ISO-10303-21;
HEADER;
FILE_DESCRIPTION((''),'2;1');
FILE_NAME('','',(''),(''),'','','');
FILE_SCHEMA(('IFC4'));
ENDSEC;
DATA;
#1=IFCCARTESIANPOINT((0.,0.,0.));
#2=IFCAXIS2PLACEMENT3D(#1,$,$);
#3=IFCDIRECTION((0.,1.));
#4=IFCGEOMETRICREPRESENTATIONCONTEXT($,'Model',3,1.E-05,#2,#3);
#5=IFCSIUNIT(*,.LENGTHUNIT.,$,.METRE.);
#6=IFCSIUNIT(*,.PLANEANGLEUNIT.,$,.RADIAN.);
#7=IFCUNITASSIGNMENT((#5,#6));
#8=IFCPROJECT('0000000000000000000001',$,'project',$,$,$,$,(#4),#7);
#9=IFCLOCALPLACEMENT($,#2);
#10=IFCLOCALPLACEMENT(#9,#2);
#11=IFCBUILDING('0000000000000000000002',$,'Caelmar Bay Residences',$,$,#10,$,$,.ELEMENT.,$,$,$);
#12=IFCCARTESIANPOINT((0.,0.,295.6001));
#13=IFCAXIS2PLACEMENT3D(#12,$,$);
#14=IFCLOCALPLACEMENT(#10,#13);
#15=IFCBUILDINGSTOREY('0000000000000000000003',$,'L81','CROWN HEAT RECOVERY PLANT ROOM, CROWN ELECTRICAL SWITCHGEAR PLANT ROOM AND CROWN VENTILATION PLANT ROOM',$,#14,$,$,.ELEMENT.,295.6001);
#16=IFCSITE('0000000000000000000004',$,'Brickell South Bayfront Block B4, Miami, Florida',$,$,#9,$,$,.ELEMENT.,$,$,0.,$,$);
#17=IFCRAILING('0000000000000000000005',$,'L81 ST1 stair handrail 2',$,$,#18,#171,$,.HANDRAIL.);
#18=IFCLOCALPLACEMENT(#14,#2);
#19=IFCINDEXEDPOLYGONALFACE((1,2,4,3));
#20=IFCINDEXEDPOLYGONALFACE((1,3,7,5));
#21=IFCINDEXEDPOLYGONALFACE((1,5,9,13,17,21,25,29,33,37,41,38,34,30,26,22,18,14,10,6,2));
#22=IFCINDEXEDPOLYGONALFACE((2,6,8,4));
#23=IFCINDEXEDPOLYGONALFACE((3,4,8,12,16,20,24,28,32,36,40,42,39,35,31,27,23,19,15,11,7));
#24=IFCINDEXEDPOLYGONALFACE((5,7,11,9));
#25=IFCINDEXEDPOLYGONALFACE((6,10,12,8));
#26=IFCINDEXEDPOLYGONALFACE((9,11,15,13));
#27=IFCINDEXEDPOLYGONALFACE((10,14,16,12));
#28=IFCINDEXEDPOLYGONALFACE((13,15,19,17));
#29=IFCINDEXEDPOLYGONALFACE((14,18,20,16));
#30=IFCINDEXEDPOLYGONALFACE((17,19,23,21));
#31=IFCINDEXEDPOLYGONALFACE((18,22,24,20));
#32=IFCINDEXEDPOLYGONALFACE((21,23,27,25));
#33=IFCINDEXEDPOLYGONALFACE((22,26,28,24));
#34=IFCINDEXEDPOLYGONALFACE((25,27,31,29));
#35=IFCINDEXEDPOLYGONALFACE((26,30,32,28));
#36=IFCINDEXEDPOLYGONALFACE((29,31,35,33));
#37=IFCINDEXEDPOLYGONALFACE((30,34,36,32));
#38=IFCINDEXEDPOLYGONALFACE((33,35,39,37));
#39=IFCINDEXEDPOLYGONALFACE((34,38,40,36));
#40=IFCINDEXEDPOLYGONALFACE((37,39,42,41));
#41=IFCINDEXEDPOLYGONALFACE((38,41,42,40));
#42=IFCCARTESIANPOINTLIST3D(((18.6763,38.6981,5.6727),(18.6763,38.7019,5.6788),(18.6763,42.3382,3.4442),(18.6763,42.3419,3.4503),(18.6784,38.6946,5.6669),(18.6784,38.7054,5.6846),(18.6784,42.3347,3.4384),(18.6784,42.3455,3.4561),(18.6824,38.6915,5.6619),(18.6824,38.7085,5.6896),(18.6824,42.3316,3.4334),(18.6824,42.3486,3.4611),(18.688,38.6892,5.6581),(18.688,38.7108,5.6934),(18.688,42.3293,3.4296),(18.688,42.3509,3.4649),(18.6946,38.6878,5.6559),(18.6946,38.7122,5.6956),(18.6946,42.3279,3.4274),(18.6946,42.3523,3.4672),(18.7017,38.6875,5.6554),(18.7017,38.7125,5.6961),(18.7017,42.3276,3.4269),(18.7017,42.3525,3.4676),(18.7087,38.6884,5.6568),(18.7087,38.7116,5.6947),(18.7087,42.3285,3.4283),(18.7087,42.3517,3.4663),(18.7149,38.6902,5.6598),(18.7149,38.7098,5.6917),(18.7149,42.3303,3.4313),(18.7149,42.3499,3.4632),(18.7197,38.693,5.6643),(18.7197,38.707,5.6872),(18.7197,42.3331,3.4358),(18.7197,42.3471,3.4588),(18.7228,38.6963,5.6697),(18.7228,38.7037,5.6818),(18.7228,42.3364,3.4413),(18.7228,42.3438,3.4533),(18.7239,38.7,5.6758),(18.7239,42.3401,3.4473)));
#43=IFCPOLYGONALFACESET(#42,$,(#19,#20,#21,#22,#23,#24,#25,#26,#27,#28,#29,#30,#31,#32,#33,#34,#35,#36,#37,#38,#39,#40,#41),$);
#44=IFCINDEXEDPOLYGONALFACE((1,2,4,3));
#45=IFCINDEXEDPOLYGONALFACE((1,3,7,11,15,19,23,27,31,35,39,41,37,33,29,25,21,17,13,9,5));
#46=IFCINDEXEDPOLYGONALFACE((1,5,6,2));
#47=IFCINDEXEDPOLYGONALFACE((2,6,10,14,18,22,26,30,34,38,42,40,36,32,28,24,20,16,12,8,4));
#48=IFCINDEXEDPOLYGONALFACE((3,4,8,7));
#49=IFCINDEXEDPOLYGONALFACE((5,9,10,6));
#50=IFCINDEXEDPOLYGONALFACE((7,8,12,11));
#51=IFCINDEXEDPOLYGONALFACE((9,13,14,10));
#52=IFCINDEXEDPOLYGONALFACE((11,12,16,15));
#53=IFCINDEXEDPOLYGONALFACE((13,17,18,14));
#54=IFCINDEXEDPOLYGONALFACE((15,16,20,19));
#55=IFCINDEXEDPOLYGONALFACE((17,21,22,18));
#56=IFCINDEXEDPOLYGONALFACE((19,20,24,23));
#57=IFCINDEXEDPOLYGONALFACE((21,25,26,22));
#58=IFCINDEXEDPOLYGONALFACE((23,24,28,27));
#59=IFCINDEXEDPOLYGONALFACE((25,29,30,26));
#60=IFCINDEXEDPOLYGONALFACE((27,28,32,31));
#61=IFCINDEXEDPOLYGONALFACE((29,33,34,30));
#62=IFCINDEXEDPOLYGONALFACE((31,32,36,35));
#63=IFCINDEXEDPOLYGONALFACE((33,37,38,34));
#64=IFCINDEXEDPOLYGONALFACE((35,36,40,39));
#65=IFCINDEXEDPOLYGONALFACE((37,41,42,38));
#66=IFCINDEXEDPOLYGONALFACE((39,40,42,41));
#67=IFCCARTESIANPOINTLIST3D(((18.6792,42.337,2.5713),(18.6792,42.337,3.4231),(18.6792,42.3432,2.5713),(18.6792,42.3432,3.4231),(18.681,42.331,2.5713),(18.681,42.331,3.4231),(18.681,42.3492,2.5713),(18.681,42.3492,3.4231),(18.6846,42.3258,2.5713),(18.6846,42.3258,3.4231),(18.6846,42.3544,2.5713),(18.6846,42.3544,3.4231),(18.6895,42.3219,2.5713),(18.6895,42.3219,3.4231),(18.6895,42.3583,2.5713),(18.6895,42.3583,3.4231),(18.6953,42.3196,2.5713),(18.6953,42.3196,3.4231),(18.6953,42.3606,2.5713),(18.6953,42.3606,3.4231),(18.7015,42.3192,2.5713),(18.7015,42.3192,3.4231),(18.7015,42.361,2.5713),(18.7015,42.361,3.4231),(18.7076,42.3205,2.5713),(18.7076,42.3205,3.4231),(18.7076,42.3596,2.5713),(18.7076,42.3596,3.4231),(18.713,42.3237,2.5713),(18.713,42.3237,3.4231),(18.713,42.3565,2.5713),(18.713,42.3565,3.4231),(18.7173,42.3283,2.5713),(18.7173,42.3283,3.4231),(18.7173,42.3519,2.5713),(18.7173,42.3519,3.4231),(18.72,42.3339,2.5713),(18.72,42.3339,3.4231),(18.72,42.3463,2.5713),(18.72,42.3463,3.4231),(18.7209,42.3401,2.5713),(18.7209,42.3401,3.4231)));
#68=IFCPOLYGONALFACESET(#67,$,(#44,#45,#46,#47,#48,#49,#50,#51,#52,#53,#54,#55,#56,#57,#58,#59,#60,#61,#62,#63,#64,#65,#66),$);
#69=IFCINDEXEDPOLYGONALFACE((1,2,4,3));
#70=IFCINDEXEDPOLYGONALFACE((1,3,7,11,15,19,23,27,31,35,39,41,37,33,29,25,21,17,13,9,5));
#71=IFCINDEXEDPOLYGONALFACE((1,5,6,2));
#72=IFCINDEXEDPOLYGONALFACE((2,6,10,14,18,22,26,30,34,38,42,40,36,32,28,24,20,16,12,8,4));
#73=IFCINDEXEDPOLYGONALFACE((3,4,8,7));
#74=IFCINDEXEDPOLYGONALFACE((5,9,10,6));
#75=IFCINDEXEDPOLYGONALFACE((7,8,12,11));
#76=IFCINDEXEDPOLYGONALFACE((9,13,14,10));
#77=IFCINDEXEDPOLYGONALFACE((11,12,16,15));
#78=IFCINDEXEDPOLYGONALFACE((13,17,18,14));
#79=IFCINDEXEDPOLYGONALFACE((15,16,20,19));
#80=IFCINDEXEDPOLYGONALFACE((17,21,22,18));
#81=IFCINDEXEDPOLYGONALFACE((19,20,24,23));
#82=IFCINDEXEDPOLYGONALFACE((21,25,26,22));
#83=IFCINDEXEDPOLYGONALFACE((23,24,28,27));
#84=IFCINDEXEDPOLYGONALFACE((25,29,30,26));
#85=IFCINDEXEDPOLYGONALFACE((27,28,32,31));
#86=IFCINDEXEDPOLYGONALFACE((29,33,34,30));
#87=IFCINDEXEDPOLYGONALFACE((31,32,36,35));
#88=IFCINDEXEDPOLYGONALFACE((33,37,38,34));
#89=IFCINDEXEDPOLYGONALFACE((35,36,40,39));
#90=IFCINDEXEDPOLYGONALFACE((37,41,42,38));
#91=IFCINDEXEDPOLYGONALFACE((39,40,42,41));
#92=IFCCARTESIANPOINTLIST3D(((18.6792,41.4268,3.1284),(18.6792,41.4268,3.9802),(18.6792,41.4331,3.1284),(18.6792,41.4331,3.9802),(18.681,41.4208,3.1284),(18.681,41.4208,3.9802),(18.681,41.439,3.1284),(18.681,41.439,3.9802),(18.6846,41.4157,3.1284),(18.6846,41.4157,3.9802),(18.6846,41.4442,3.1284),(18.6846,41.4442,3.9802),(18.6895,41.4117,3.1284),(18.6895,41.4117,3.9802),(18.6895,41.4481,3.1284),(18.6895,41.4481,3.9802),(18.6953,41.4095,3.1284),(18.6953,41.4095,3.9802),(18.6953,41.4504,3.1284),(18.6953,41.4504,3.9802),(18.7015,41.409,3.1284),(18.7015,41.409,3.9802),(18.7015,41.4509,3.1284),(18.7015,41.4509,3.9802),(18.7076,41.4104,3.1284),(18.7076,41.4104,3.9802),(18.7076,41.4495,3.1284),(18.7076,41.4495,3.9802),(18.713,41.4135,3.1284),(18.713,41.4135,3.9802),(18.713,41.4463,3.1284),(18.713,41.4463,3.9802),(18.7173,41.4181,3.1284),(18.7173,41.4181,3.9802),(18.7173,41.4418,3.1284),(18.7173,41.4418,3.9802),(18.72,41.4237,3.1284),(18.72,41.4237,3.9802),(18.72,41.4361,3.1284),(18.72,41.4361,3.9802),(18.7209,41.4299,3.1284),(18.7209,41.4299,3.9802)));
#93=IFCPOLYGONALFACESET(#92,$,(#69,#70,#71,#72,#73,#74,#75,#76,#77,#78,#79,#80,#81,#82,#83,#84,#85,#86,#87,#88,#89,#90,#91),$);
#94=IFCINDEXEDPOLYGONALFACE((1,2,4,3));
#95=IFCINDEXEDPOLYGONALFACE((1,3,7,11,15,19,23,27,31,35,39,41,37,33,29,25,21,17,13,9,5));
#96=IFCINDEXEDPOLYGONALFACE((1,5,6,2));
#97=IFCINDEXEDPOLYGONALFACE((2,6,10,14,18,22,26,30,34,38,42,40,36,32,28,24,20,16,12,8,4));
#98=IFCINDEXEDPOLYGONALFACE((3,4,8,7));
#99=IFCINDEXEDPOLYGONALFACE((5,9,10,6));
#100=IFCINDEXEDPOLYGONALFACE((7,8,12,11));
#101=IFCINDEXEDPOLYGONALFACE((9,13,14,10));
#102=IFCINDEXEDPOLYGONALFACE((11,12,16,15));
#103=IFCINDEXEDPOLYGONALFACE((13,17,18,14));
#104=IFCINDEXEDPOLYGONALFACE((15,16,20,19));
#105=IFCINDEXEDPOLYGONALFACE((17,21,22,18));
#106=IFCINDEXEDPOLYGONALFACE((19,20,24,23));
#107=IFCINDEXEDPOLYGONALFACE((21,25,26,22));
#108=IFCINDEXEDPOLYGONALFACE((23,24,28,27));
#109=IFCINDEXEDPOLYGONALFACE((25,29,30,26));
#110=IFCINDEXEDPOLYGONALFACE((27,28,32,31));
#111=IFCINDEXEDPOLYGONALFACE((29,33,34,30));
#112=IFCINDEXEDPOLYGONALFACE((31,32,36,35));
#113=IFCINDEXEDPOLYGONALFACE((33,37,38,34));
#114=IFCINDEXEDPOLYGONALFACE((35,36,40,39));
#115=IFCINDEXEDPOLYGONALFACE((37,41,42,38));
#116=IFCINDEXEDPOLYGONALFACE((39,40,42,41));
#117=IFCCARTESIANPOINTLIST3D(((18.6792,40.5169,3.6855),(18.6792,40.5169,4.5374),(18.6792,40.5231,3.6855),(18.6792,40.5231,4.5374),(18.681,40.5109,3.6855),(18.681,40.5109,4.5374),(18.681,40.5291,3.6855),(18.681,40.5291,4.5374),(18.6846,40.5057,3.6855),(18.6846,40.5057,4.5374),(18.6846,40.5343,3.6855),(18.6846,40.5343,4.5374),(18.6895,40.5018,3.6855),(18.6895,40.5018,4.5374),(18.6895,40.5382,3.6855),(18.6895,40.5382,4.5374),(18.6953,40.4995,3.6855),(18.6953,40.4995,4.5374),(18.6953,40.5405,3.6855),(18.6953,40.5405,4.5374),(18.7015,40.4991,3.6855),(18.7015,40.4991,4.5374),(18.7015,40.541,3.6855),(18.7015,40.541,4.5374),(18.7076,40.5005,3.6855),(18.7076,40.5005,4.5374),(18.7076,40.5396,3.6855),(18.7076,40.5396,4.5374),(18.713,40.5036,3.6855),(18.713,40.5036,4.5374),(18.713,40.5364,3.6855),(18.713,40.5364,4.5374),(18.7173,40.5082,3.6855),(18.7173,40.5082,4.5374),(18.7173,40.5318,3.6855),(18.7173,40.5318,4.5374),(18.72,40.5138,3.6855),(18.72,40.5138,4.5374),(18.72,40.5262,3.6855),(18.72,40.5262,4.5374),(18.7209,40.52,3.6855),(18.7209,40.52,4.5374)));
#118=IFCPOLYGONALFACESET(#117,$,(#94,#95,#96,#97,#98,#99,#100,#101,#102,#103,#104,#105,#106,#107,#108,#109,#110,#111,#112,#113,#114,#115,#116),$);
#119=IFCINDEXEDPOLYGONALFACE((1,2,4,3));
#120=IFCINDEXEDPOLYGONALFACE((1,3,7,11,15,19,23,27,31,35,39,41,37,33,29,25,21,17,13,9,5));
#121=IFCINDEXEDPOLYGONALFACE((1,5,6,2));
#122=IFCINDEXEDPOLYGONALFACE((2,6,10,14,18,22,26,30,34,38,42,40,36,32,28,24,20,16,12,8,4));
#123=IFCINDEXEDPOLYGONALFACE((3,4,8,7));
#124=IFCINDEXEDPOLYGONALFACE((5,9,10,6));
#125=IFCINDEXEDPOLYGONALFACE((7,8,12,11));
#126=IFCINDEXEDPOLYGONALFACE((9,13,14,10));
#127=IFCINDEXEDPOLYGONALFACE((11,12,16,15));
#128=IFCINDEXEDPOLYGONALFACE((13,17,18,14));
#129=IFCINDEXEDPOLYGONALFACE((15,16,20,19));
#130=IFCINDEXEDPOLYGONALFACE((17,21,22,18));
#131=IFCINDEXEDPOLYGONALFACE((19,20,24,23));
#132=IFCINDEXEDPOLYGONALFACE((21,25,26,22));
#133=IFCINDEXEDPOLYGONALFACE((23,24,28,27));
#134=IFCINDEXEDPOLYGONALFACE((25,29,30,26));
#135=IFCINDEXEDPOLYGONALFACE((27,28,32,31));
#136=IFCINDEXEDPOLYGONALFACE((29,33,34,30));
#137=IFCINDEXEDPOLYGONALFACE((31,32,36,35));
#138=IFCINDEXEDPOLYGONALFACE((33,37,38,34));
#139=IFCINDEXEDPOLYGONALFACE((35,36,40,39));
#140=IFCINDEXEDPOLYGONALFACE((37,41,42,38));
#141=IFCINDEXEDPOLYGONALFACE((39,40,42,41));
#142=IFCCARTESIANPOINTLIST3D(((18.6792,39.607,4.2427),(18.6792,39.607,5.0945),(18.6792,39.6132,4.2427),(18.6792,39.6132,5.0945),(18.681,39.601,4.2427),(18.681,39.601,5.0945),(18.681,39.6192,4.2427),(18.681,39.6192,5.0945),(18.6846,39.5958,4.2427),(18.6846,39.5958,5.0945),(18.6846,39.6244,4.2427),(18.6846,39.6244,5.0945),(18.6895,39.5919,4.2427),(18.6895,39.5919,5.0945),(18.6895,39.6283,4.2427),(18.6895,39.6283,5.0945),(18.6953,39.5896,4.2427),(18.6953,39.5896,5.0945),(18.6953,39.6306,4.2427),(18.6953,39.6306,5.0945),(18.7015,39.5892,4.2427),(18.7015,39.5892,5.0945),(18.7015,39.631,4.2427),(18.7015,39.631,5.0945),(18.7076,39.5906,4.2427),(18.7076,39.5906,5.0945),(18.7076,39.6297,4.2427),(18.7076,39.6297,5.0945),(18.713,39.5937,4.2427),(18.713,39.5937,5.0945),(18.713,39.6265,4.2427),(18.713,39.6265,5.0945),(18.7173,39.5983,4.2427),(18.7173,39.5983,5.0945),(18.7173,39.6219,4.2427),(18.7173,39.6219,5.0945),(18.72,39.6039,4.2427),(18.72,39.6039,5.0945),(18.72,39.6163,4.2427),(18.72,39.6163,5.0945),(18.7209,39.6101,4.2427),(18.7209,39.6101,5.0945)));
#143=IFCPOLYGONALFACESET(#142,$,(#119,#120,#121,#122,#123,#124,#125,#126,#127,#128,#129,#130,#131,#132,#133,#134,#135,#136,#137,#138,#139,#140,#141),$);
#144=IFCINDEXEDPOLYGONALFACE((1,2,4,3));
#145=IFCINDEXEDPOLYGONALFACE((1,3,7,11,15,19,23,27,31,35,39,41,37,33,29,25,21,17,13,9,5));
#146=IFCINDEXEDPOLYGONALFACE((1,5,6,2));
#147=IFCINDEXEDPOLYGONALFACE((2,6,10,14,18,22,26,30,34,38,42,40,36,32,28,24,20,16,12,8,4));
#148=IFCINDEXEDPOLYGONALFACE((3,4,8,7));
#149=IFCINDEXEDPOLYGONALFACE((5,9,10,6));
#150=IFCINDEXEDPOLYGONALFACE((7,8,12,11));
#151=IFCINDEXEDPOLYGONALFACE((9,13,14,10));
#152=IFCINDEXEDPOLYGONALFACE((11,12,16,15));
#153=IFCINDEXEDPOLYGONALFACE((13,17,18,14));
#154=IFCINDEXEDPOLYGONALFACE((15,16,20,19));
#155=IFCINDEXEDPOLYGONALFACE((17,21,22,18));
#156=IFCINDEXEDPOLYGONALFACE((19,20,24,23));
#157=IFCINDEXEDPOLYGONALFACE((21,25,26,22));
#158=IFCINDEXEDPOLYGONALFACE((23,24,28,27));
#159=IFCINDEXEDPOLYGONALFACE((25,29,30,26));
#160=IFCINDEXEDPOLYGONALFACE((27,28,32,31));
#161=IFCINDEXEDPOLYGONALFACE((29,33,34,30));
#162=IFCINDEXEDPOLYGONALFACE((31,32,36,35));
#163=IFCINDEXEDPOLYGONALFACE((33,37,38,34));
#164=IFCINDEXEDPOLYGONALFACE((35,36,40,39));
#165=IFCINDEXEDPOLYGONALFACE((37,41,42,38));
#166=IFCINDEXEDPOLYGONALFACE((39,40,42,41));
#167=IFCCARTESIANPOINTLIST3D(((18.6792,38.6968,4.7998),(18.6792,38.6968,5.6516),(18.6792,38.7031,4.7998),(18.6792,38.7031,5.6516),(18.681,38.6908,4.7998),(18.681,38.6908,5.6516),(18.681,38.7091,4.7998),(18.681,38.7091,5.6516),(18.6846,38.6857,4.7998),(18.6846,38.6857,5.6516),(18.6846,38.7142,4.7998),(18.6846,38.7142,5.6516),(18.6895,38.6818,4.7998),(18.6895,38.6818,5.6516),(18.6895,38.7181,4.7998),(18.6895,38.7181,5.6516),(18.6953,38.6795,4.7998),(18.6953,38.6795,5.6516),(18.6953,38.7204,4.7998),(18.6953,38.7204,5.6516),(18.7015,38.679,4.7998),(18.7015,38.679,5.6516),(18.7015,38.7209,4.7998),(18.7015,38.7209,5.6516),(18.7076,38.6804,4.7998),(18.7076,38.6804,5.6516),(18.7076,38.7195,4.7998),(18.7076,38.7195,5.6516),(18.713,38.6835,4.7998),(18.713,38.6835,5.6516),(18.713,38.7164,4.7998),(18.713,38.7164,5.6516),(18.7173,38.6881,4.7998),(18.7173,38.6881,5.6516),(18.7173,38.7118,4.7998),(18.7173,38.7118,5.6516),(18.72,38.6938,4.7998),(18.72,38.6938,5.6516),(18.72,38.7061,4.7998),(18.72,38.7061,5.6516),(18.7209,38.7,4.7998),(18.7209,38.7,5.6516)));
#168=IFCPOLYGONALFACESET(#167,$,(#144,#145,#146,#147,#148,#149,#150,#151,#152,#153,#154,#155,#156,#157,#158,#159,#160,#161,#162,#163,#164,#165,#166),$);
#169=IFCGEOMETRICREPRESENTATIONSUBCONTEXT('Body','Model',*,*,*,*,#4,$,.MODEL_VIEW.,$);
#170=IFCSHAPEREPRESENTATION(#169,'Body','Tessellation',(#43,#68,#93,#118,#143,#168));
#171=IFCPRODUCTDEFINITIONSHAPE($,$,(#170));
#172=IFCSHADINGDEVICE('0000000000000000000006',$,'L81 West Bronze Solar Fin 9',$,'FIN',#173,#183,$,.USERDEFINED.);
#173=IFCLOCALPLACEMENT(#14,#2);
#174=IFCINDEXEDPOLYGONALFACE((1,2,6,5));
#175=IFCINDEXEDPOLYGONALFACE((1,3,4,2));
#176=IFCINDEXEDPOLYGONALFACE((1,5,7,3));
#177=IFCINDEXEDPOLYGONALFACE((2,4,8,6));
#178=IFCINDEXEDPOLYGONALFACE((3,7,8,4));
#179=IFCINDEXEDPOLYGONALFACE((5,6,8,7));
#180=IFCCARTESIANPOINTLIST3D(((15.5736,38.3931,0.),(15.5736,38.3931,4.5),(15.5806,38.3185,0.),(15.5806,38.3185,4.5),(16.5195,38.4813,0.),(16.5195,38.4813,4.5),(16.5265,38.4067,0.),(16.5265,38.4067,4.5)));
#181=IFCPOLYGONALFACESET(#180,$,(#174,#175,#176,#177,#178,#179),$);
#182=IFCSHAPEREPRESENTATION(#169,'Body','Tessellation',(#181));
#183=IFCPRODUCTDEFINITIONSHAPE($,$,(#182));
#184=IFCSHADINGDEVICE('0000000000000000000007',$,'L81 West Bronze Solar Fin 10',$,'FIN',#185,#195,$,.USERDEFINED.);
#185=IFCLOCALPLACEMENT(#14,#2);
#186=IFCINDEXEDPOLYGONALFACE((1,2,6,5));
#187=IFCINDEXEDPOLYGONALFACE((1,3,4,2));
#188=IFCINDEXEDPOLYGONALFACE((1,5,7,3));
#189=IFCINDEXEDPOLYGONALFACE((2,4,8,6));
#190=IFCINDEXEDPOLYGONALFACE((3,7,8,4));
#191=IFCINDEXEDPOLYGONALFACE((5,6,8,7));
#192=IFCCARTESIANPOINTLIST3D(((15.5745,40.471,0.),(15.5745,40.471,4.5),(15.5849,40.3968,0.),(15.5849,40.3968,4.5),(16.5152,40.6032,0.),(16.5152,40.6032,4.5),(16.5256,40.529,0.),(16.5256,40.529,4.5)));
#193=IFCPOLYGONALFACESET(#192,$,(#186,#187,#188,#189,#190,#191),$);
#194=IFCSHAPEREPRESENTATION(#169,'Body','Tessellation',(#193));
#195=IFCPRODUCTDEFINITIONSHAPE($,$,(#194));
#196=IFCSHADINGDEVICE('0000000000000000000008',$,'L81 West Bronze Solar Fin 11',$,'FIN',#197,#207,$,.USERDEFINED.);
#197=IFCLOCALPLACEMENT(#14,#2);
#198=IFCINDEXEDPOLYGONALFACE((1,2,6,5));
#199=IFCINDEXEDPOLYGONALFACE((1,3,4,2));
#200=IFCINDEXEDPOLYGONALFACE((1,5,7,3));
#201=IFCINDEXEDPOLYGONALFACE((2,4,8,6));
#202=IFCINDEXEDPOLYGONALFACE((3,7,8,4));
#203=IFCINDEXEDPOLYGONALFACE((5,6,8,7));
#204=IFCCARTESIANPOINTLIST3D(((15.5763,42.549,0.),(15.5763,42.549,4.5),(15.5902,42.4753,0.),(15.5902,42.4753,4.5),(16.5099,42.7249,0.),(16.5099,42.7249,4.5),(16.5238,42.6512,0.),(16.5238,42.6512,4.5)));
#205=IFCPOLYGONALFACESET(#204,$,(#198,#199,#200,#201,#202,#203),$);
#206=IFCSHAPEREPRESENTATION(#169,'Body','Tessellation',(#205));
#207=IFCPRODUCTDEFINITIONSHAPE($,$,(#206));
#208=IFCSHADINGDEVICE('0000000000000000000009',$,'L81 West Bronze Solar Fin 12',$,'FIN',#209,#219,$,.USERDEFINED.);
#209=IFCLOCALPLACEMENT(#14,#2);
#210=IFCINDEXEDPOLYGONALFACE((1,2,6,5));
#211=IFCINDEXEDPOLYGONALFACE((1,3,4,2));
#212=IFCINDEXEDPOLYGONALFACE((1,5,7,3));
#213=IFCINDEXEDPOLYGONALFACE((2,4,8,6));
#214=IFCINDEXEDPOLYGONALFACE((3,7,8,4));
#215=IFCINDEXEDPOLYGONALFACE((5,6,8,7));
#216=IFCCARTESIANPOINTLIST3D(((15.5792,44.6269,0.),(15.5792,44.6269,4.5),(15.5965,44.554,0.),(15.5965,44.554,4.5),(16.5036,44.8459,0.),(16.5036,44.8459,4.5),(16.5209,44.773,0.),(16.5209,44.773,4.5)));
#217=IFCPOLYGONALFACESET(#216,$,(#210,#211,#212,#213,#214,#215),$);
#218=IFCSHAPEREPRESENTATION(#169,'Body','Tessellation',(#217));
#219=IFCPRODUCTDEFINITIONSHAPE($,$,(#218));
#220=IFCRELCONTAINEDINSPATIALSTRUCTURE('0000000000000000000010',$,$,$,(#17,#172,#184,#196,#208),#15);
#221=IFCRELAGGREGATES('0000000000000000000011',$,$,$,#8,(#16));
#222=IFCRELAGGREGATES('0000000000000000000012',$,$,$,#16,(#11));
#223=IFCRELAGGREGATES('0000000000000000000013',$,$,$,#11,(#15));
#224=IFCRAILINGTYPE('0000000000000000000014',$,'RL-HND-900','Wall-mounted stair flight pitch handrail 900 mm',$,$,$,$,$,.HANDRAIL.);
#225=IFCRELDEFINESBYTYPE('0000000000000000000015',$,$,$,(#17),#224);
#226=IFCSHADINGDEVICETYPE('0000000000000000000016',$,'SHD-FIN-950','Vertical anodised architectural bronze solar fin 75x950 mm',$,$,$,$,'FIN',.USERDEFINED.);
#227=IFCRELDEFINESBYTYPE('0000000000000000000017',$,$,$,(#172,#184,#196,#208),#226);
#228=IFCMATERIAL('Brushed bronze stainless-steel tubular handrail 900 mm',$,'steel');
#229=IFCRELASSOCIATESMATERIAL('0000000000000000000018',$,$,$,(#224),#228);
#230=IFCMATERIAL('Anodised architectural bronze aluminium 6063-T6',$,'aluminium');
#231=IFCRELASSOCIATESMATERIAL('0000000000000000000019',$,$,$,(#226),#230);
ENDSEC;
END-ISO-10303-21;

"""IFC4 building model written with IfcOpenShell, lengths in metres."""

from ifc_helpers import new_model, si_unit, direction, frame, origin, origin_2d, place, context, subcontext, project, spatial, rectangle, circle, extrude, material, material_profile, profile_set, type_object, element, save


model = new_model("IFC4")

# Units and contexts
model_context = context("Model", 3, precision=1e-05, world=origin(), true_north=direction((0.0, 1.0)))
body_context = subcontext(model_context, "Body", "Model", "MODEL_VIEW")
ifc_project = project(units=[si_unit("LENGTHUNIT", "METRE"), si_unit("PLANEANGLEUNIT", "RADIAN")], contexts=[model_context])

# Site, building, storey
site_placement = place(None, origin())
site = spatial("IfcSite", under=ifc_project, at=site_placement, Name="Brickell South Bayfront Block B4, Miami, Florida", CompositionType="ELEMENT", RefElevation=0.0)
building_placement = place(site_placement, origin())
building = spatial("IfcBuilding", under=site, at=building_placement, Name="Caelmar Bay Residences", CompositionType="ELEMENT")
storey_placement = place(building_placement, frame((0.0, 0.0, 295.6001)))
storey = spatial("IfcBuildingStorey", under=building, at=storey_placement, Name="L81", Description="CROWN HEAT RECOVERY PLANT ROOM, CROWN ELECTRICAL SWITCHGEAR PLANT ROOM AND CROWN VENTILATION PLANT ROOM", CompositionType="ELEMENT", Elevation=295.6001)

# Railing
ifc_material_1 = material(Name="Brushed bronze stainless-steel tubular handrail 900 mm", Category="steel")
railing_type_1 = type_object("IfcRailingType", Name="RL-HND-900", Description="Wall-mounted stair flight pitch handrail 900 mm", PredefinedType="HANDRAIL", material=ifc_material_1)
railing_1_placement = place(storey_placement, frame((18.7, 42.3401, 2.5713)))
element("IfcRailing", 1, at=railing_1_placement, inside=storey, type_object=railing_type_1, Name="L81 ST1 stair handrail 2", PredefinedType="HANDRAIL", context=body_context, shape_type="SweptSolid", body=[
    extrude(circle(Radius=0.0239, at=origin_2d()), frame((0.0, 0.0, 0.876), z_axis=(0.0, -0.852866, 0.52213), x_axis=(1.0, 0.0, 0.0)), (0.0, 0.0, 1.0), 4.2681),
    extrude(circle(Radius=0.021, at=origin_2d()), origin(), (0.0, 0.0, 1.0), 0.8518),
    extrude(circle(Radius=0.021, at=origin_2d()), frame((0.0, -0.9102, 0.5571)), (0.0, 0.0, 1.0), 0.8518),
    extrude(circle(Radius=0.021, at=origin_2d()), frame((0.0, -1.8201, 1.1143)), (0.0, 0.0, 1.0), 0.8518),
    extrude(circle(Radius=0.021, at=origin_2d()), frame((0.0, -2.73, 1.6714)), (0.0, 0.0, 1.0), 0.8518),
    extrude(circle(Radius=0.021, at=origin_2d()), frame((0.0, -3.6401, 2.2285)), (0.0, 0.0, 1.0), 0.8518),
])

# Shading devices
ifc_material_2 = material(Name="Anodised architectural bronze aluminium 6063-T6", Category="aluminium")
ifc_material_profile = material_profile(ifc_material_2, rectangle(XDim=0.075, YDim=0.95, at=origin_2d()), Name="BRONZE-FIN-75X950")
ifc_profile_set = profile_set([ifc_material_profile], Name="Anodised architectural bronze aluminium 6063-T6")
shading_device_type = type_object("IfcShadingDeviceType", Name="SHD-FIN-950", Description="Vertical anodised architectural bronze solar fin 75x950 mm", ElementType="FIN", PredefinedType="USERDEFINED", material=ifc_profile_set)
for number, where, z_axis, x_axis, name in (
    (2, (16.05, 38.3999, 0.0), (0.0, 0.0, 1.0), (-0.092892, 0.995676, 0.0), "L81 West Bronze Solar Fin 9"),
    (3, (16.05, 40.5, 0.0), (0.0, 0.0, 1.0), (-0.139173, 0.990268, 0.0), "L81 West Bronze Solar Fin 10"),
    (4, (16.05, 42.6001, 0.0), (0.0, 0.0, 1.0), (-0.185152, 0.98271, 0.0), "L81 West Bronze Solar Fin 11"),
    (5, (16.05, 44.7, 0.0), (0.0, 0.0, 1.0), (-0.230559, 0.973058, 0.0), "L81 West Bronze Solar Fin 12"),
):
    element("IfcShadingDevice", number, at=place(storey_placement, frame(where, z_axis=z_axis, x_axis=x_axis)), inside=storey, type_object=shading_device_type, Name=name, ObjectType="FIN", PredefinedType="USERDEFINED", context=body_context, shape_type="SweptSolid", body=[
        extrude(rectangle(XDim=0.075, YDim=0.95, at=origin_2d()), origin(), (0.0, 0.0, 1.0), 4.5),
    ])

save(model, "model.ifc")
